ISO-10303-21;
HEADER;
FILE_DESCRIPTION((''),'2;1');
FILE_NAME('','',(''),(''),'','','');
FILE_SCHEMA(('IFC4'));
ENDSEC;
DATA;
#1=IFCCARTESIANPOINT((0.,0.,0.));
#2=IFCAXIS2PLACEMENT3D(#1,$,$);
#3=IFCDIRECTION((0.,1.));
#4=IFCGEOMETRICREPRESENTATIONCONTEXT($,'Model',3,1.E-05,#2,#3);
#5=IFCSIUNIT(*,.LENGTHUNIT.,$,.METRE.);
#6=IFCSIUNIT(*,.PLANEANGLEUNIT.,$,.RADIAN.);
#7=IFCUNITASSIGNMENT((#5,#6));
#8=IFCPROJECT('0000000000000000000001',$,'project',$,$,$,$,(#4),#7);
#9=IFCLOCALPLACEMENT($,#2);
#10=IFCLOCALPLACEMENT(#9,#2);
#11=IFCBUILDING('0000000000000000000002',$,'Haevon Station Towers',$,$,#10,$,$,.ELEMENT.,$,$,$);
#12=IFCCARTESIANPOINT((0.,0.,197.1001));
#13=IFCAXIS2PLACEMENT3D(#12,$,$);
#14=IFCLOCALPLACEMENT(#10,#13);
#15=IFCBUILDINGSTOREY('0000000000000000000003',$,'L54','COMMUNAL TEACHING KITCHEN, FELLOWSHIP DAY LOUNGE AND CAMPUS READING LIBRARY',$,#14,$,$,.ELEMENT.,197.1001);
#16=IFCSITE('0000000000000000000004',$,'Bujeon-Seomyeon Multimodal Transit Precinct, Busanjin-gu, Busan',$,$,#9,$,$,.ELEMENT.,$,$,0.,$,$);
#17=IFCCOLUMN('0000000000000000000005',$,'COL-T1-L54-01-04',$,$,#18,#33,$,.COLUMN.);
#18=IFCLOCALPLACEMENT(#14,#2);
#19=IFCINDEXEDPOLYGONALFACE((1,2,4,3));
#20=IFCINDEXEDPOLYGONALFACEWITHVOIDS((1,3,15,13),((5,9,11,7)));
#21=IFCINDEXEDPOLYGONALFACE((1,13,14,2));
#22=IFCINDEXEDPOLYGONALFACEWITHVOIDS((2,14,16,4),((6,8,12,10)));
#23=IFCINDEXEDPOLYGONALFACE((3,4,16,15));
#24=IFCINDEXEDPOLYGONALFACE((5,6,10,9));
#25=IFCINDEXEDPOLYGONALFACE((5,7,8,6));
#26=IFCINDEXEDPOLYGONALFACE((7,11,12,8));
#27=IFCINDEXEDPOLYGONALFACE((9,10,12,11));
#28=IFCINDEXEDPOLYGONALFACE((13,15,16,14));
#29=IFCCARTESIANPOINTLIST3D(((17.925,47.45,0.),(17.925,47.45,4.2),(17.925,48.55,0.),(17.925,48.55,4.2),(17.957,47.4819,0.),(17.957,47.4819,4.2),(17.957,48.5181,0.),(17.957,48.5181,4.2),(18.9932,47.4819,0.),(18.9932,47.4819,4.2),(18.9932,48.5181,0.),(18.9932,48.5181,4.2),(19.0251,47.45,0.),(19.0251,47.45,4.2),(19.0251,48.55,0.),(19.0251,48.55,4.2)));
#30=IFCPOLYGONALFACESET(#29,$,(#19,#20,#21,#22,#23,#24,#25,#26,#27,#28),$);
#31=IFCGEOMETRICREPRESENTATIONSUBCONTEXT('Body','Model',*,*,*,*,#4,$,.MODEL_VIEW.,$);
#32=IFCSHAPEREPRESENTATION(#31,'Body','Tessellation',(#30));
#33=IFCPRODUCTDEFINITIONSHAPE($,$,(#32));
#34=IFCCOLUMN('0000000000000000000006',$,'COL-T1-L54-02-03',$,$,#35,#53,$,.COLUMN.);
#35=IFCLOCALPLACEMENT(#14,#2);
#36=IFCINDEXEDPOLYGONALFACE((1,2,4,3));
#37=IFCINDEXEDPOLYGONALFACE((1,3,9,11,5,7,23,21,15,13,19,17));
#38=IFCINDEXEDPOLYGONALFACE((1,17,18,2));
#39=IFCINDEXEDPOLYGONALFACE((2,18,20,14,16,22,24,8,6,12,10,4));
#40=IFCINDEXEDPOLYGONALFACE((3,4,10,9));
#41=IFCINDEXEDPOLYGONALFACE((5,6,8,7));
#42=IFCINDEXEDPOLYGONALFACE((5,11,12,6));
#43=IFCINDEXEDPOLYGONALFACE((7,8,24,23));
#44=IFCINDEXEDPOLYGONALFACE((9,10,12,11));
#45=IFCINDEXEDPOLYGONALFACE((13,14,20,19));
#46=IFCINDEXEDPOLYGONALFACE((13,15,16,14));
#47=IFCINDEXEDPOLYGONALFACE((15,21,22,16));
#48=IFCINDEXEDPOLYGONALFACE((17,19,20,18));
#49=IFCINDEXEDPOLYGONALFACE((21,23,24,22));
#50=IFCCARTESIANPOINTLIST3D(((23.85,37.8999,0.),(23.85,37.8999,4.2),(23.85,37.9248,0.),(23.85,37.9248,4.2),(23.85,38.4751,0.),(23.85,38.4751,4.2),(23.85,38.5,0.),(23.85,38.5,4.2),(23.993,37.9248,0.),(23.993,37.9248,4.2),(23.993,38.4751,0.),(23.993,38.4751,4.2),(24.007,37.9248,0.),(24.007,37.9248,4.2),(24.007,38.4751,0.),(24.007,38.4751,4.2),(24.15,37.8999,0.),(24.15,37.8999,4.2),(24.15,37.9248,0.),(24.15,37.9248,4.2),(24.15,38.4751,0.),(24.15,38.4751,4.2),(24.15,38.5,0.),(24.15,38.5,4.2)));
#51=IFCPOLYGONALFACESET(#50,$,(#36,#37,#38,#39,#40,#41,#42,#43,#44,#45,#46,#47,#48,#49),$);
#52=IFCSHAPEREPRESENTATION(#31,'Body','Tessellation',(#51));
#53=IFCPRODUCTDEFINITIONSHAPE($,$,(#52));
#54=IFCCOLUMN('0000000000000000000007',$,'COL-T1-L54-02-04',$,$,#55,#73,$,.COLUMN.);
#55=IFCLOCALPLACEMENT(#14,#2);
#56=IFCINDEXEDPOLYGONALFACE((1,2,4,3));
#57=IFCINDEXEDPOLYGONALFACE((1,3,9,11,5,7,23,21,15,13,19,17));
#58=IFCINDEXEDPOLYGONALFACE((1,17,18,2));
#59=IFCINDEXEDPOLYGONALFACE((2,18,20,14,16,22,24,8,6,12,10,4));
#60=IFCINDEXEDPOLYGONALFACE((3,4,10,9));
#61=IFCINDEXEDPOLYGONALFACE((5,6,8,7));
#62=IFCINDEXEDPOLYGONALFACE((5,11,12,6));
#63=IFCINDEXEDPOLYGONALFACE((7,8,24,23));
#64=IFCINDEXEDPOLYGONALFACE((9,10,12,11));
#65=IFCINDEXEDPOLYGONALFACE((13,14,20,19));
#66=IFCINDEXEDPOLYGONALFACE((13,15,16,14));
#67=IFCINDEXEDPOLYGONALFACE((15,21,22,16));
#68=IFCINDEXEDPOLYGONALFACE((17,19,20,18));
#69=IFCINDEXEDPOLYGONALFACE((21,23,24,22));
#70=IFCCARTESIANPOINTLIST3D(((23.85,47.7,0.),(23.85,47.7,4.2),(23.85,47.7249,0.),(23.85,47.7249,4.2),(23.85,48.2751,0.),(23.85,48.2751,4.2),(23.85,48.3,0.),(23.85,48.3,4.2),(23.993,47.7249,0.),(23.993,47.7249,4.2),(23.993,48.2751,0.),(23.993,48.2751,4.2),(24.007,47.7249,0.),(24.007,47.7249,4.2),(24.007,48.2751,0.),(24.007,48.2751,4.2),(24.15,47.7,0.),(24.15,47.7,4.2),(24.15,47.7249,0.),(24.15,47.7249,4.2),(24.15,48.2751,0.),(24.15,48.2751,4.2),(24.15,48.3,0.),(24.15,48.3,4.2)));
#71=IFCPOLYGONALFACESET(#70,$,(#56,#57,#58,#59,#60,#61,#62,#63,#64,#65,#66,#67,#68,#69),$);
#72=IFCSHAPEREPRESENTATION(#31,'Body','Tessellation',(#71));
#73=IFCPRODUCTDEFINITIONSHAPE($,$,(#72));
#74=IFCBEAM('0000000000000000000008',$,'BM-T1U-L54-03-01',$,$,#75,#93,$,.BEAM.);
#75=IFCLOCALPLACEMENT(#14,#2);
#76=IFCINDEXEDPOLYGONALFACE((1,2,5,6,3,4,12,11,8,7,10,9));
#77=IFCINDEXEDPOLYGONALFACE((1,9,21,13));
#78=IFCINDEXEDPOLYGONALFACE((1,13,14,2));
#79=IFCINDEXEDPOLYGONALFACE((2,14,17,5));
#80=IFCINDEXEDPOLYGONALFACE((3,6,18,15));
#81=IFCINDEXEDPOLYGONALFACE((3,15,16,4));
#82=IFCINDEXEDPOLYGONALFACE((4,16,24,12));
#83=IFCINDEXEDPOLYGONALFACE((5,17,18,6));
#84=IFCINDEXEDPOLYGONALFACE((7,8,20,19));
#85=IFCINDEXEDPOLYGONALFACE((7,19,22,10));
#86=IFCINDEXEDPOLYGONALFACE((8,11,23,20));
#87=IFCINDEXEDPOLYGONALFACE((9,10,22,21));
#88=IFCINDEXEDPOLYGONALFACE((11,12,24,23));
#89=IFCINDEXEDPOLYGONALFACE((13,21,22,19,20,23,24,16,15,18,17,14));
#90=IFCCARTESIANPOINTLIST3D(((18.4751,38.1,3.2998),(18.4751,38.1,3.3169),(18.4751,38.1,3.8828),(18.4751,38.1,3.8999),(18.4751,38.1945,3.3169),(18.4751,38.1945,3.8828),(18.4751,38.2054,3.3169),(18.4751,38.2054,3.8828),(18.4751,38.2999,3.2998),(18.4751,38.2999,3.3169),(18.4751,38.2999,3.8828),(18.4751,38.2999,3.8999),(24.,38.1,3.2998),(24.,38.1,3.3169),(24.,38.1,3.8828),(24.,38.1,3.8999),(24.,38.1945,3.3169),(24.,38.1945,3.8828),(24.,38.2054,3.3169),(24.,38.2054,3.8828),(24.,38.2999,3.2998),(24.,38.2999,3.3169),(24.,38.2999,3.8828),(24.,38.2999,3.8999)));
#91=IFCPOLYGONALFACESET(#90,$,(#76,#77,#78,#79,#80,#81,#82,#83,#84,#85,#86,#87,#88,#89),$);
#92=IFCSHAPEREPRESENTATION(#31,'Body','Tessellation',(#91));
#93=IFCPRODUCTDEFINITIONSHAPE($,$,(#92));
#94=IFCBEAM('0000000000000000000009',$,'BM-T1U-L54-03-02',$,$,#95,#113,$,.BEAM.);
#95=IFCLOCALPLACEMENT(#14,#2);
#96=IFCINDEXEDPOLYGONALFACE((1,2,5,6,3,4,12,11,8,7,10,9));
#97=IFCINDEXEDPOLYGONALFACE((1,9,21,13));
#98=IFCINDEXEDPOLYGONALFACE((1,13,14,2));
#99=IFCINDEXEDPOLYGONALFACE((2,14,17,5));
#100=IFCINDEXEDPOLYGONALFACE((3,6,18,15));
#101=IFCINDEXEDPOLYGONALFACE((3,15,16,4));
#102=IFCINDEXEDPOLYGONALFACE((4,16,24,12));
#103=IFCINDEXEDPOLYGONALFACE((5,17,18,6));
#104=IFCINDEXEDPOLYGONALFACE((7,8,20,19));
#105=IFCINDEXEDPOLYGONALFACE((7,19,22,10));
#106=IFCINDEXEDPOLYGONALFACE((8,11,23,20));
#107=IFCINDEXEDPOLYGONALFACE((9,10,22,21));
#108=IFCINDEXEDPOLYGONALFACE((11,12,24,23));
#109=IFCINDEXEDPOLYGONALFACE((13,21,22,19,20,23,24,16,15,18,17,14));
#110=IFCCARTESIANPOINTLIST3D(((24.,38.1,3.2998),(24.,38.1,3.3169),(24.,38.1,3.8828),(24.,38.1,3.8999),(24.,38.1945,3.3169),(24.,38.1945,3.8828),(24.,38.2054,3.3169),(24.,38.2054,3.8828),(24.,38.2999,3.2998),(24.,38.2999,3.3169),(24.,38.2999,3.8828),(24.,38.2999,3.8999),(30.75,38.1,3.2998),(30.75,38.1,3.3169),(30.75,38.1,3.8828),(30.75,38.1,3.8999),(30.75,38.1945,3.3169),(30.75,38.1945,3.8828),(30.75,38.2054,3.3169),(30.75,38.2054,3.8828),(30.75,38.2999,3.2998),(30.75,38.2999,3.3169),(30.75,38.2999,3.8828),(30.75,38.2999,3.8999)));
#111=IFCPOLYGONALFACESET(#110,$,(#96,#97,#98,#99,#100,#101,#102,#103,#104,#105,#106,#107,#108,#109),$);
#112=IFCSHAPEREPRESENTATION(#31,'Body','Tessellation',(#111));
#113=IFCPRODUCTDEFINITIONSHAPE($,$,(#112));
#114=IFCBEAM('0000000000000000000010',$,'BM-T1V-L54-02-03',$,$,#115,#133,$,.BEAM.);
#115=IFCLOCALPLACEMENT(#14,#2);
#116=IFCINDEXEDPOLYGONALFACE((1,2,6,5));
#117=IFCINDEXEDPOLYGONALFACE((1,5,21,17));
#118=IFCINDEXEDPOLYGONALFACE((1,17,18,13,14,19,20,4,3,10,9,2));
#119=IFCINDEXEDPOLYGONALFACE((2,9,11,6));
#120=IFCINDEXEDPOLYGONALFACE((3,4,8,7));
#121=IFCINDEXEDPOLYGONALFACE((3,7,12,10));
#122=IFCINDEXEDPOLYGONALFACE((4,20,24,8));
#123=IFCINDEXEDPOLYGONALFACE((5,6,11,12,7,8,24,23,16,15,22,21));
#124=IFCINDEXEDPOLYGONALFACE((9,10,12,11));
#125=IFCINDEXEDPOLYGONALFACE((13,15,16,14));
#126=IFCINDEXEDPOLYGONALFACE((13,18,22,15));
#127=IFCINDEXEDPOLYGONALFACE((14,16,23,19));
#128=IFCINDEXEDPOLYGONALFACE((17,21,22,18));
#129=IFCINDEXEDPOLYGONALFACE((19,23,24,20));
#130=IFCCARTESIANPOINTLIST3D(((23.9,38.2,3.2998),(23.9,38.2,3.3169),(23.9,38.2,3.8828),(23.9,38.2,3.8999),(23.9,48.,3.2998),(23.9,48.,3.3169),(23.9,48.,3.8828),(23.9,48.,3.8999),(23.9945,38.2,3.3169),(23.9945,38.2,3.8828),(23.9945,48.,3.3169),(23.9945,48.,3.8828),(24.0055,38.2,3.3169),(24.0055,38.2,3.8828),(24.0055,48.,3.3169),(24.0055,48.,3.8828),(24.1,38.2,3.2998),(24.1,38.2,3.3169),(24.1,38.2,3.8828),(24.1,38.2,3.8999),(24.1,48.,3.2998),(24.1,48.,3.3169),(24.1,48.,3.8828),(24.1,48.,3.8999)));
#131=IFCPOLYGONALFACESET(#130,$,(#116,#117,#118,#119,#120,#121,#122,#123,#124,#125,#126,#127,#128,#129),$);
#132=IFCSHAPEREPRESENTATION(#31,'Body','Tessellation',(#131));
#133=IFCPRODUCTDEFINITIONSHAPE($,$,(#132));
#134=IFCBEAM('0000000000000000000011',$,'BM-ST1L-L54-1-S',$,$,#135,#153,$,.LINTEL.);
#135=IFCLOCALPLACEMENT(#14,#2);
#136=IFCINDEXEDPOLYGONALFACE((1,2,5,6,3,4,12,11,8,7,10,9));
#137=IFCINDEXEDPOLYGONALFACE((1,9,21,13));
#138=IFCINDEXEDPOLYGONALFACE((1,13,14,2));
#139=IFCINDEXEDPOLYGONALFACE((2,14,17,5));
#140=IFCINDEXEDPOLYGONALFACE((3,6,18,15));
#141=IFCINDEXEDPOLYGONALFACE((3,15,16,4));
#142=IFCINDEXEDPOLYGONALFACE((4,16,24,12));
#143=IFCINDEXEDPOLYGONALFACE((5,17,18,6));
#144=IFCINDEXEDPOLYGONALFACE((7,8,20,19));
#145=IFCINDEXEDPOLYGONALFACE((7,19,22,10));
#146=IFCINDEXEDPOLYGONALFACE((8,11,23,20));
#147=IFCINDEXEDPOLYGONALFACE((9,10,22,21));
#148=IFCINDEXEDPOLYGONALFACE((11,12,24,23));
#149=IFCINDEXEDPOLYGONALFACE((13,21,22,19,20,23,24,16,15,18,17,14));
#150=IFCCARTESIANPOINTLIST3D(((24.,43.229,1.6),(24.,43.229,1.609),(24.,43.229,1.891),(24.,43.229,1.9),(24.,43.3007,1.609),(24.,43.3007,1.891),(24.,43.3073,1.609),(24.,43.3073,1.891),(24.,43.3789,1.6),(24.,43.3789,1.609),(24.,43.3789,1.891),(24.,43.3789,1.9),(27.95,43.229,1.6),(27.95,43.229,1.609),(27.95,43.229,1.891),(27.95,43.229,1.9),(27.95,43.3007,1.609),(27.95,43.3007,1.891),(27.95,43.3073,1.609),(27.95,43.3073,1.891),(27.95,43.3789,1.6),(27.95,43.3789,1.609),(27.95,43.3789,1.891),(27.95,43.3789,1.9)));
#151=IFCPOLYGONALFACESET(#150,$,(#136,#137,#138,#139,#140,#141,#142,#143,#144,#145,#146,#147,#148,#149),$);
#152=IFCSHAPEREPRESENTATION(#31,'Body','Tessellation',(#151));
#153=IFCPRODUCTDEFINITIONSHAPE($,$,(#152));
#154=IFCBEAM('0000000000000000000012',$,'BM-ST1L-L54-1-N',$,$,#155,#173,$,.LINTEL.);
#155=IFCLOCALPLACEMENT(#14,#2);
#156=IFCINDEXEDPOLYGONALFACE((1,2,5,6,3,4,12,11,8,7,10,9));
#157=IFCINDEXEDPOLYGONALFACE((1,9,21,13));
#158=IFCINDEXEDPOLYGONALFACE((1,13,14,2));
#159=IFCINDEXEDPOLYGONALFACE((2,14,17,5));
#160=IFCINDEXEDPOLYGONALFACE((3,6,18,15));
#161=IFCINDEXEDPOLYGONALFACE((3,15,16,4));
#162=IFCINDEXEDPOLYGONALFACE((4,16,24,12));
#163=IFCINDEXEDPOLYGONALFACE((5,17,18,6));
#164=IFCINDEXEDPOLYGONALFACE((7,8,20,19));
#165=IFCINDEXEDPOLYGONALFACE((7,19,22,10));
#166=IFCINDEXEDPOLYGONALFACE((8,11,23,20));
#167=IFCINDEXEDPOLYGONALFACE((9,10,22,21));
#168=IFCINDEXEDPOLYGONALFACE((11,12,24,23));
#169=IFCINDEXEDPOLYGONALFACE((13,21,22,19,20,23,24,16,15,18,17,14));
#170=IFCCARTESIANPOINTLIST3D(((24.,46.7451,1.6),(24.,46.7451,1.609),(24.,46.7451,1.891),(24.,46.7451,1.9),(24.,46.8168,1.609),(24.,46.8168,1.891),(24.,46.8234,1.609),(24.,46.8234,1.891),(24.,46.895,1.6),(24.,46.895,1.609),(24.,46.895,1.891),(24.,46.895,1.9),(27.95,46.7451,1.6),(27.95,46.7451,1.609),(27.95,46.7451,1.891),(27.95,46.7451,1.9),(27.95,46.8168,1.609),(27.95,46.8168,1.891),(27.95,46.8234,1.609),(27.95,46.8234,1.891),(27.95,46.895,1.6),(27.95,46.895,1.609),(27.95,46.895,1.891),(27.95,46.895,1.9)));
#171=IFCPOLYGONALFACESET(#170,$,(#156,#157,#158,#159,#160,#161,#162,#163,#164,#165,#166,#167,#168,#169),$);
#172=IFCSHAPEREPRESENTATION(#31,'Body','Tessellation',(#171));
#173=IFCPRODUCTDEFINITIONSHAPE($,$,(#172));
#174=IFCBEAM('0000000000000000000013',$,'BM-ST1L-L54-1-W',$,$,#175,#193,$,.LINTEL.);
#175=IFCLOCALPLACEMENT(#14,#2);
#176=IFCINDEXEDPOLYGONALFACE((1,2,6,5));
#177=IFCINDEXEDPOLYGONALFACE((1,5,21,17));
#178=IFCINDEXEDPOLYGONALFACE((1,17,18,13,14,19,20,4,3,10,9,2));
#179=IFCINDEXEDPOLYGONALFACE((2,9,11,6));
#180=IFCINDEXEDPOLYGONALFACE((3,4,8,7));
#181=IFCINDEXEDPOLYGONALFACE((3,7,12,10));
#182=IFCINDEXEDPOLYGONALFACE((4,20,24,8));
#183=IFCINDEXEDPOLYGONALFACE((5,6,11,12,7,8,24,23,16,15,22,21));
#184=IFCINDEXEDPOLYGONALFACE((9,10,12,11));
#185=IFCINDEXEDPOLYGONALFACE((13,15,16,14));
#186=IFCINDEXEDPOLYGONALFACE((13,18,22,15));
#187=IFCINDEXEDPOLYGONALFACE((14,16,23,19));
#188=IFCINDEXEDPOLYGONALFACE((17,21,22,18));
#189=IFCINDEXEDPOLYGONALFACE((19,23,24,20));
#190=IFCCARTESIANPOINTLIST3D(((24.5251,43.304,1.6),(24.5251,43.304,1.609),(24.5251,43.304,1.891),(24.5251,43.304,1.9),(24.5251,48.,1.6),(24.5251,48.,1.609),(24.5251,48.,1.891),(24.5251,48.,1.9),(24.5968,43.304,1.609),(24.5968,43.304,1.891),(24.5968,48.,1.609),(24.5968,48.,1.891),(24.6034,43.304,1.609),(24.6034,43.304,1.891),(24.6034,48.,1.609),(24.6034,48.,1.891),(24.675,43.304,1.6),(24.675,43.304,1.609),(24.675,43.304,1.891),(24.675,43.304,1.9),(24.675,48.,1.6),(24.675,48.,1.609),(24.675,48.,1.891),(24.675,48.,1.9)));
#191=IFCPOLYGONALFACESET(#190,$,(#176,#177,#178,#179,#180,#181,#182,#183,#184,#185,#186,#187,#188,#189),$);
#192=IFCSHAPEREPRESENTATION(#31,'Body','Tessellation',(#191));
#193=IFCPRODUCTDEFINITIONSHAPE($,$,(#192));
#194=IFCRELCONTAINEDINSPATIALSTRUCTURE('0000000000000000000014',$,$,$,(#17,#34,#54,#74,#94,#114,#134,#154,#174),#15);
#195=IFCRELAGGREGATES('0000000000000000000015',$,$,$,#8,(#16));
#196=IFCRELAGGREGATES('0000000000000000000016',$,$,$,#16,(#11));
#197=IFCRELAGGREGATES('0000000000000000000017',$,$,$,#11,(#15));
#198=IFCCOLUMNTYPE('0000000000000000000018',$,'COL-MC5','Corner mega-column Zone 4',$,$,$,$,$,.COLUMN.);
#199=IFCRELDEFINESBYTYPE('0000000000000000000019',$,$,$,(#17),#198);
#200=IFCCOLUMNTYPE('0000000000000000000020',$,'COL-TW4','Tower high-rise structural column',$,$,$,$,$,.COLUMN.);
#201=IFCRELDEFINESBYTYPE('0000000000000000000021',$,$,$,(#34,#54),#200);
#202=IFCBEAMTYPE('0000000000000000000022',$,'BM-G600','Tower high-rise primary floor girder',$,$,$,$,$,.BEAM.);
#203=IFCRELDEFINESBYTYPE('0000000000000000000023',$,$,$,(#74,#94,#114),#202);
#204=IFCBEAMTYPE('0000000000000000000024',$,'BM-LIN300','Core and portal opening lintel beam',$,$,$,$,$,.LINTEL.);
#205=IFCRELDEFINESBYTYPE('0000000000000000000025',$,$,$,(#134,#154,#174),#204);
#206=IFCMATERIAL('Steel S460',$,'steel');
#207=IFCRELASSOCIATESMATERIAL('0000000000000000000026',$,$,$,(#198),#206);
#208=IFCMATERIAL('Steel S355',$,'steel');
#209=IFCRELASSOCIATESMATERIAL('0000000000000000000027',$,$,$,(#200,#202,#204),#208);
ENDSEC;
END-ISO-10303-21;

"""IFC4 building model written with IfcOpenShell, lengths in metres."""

from ifc_helpers import new_model, si_unit, direction, frame, origin, origin_2d, place, context, subcontext, project, spatial, hollow_rectangle, i_section, extrude, material, material_profile, profile_set, type_object, element, save


model = new_model("IFC4")

# Units and contexts
model_context = context("Model", 3, precision=1e-05, world=origin(), true_north=direction((0.0, 1.0)))
body_context = subcontext(model_context, "Body", "Model", "MODEL_VIEW")
ifc_project = project(units=[si_unit("LENGTHUNIT", "METRE"), si_unit("PLANEANGLEUNIT", "RADIAN")], contexts=[model_context])

# Site, building, storey
site_placement = place(None, origin())
site = spatial("IfcSite", under=ifc_project, at=site_placement, Name="Bujeon-Seomyeon Multimodal Transit Precinct, Busanjin-gu, Busan", CompositionType="ELEMENT", RefElevation=0.0)
building_placement = place(site_placement, origin())
building = spatial("IfcBuilding", under=site, at=building_placement, Name="Haevon Station Towers", CompositionType="ELEMENT")
storey_placement = place(building_placement, frame((0.0, 0.0, 197.1001)))
storey = spatial("IfcBuildingStorey", under=building, at=storey_placement, Name="L54", Description="COMMUNAL TEACHING KITCHEN, FELLOWSHIP DAY LOUNGE AND CAMPUS READING LIBRARY", CompositionType="ELEMENT", Elevation=197.1001)

# Columns
ifc_material_1 = material(Name="Steel S460", Category="steel")
ifc_material_profile_1 = material_profile(ifc_material_1, hollow_rectangle(XDim=1.1001, YDim=1.1001, WallThickness=0.032, at=origin_2d()), Name="BOX-1100x1100x32")
ifc_profile_set_1 = profile_set([ifc_material_profile_1], Name="Steel S460")
column_type_1 = type_object("IfcColumnType", Name="COL-MC5", Description="Corner mega-column Zone 4", PredefinedType="COLUMN", material=ifc_profile_set_1)
column_placement = place(storey_placement, frame((18.4751, 48.0, 0.0), z_axis=(0.0, 0.0, 1.0), x_axis=(1.0, 0.0, 0.0)))
element("IfcColumn", 1, at=column_placement, inside=storey, type_object=column_type_1, Name="COL-T1-L54-01-04", PredefinedType="COLUMN", context=body_context, shape_type="SweptSolid", body=[
    extrude(hollow_rectangle(XDim=1.1001, YDim=1.1001, WallThickness=0.032, at=origin_2d()), origin(), (0.0, 0.0, 1.0), 4.2),
])
ifc_material_2 = material(Name="Steel S355", Category="steel")
ifc_material_profile_2 = material_profile(ifc_material_2, i_section(OverallWidth=0.3, OverallDepth=0.6001, WebThickness=0.0139, FlangeThickness=0.0249, at=origin_2d()), Name="H-600x300x14x25")
ifc_profile_set_2 = profile_set([ifc_material_profile_2], Name="Steel S355")
column_type_2 = type_object("IfcColumnType", Name="COL-TW4", Description="Tower high-rise structural column", PredefinedType="COLUMN", material=ifc_profile_set_2)
for number, where, z_axis, x_axis, name in (
    (2, (24.0, 38.2, 0.0), (0.0, 0.0, 1.0), (1.0, 0.0, 0.0), "COL-T1-L54-02-03"),
    (3, (24.0, 48.0, 0.0), (0.0, 0.0, 1.0), (1.0, 0.0, 0.0), "COL-T1-L54-02-04"),
):
    element("IfcColumn", number, at=place(storey_placement, frame(where, z_axis=z_axis, x_axis=x_axis)), inside=storey, type_object=column_type_2, Name=name, PredefinedType="COLUMN", context=body_context, shape_type="SweptSolid", body=[
        extrude(i_section(OverallWidth=0.3, OverallDepth=0.6001, WebThickness=0.0139, FlangeThickness=0.0249, at=origin_2d()), origin(), (0.0, 0.0, 1.0), 4.2),
    ])

# Beams
ifc_material_profile_3 = material_profile(ifc_material_2, i_section(OverallWidth=0.2, OverallDepth=0.6001, WebThickness=0.011, FlangeThickness=0.0171, at=origin_2d()), Name="H-600x200x11x17")
ifc_profile_set_3 = profile_set([ifc_material_profile_3], Name="Steel S355")
beam_type_1 = type_object("IfcBeamType", Name="BM-G600", Description="Tower high-rise primary floor girder", PredefinedType="BEAM", material=ifc_profile_set_3)
beam_1_placement = place(storey_placement, frame((18.4751, 38.2, 3.5999), z_axis=(1.0, 0.0, 0.0), x_axis=(0.0, 1.0, 0.0)))
element("IfcBeam", 4, at=beam_1_placement, inside=storey, type_object=beam_type_1, Name="BM-T1U-L54-03-01", PredefinedType="BEAM", context=body_context, shape_type="SweptSolid", body=[
    extrude(i_section(OverallWidth=0.2, OverallDepth=0.6001, WebThickness=0.011, FlangeThickness=0.0171, at=origin_2d()), origin(), (0.0, 0.0, 1.0), 5.5249),
])
beam_2_placement = place(storey_placement, frame((24.0, 38.2, 3.5999), z_axis=(1.0, 0.0, 0.0), x_axis=(0.0, 1.0, 0.0)))
element("IfcBeam", 5, at=beam_2_placement, inside=storey, type_object=beam_type_1, Name="BM-T1U-L54-03-02", PredefinedType="BEAM", context=body_context, shape_type="SweptSolid", body=[
    extrude(i_section(OverallWidth=0.2, OverallDepth=0.6001, WebThickness=0.011, FlangeThickness=0.0171, at=origin_2d()), origin(), (0.0, 0.0, 1.0), 6.75),
])
beam_3_placement = place(storey_placement, frame((24.0, 38.2, 3.5999), z_axis=(0.0, 1.0, 0.0), x_axis=(-1.0, 0.0, 0.0)))
element("IfcBeam", 6, at=beam_3_placement, inside=storey, type_object=beam_type_1, Name="BM-T1V-L54-02-03", PredefinedType="BEAM", context=body_context, shape_type="SweptSolid", body=[
    extrude(i_section(OverallWidth=0.2, OverallDepth=0.6001, WebThickness=0.011, FlangeThickness=0.0171, at=origin_2d()), origin(), (0.0, 0.0, 1.0), 9.8),
])
ifc_material_profile_4 = material_profile(ifc_material_2, i_section(OverallWidth=0.1499, OverallDepth=0.3, WebThickness=0.0066, FlangeThickness=0.009, at=origin_2d()), Name="H-300x150x6.5x9")
ifc_profile_set_4 = profile_set([ifc_material_profile_4], Name="Steel S355")
beam_type_2 = type_object("IfcBeamType", Name="BM-LIN300", Description="Core and portal opening lintel beam", PredefinedType="LINTEL", material=ifc_profile_set_4)
for number, where, z_axis, x_axis, name in (
    (7, (24.0, 43.304, 1.75), (1.0, 0.0, 0.0), (0.0, 1.0, 0.0), "BM-ST1L-L54-1-S"),
    (8, (24.0, 46.8201, 1.75), (1.0, 0.0, 0.0), (0.0, 1.0, 0.0), "BM-ST1L-L54-1-N"),
):
    element("IfcBeam", number, at=place(storey_placement, frame(where, z_axis=z_axis, x_axis=x_axis)), inside=storey, type_object=beam_type_2, Name=name, PredefinedType="LINTEL", context=body_context, shape_type="SweptSolid", body=[
        extrude(i_section(OverallWidth=0.1499, OverallDepth=0.3, WebThickness=0.0066, FlangeThickness=0.009, at=origin_2d()), origin(), (0.0, 0.0, 1.0), 3.95),
    ])
for number, where, z_axis, x_axis, name in (
    (9, (24.6001, 43.304, 1.75), (0.0, 1.0, 0.0), (-1.0, 0.0, 0.0), "BM-ST1L-L54-1-W"),
):
    element("IfcBeam", number, at=place(storey_placement, frame(where, z_axis=z_axis, x_axis=x_axis)), inside=storey, type_object=beam_type_2, Name=name, PredefinedType="LINTEL", context=body_context, shape_type="SweptSolid", body=[
        extrude(i_section(OverallWidth=0.1499, OverallDepth=0.3, WebThickness=0.0066, FlangeThickness=0.009, at=origin_2d()), origin(), (0.0, 0.0, 1.0), 4.696),
    ])

save(model, "model.ifc")
